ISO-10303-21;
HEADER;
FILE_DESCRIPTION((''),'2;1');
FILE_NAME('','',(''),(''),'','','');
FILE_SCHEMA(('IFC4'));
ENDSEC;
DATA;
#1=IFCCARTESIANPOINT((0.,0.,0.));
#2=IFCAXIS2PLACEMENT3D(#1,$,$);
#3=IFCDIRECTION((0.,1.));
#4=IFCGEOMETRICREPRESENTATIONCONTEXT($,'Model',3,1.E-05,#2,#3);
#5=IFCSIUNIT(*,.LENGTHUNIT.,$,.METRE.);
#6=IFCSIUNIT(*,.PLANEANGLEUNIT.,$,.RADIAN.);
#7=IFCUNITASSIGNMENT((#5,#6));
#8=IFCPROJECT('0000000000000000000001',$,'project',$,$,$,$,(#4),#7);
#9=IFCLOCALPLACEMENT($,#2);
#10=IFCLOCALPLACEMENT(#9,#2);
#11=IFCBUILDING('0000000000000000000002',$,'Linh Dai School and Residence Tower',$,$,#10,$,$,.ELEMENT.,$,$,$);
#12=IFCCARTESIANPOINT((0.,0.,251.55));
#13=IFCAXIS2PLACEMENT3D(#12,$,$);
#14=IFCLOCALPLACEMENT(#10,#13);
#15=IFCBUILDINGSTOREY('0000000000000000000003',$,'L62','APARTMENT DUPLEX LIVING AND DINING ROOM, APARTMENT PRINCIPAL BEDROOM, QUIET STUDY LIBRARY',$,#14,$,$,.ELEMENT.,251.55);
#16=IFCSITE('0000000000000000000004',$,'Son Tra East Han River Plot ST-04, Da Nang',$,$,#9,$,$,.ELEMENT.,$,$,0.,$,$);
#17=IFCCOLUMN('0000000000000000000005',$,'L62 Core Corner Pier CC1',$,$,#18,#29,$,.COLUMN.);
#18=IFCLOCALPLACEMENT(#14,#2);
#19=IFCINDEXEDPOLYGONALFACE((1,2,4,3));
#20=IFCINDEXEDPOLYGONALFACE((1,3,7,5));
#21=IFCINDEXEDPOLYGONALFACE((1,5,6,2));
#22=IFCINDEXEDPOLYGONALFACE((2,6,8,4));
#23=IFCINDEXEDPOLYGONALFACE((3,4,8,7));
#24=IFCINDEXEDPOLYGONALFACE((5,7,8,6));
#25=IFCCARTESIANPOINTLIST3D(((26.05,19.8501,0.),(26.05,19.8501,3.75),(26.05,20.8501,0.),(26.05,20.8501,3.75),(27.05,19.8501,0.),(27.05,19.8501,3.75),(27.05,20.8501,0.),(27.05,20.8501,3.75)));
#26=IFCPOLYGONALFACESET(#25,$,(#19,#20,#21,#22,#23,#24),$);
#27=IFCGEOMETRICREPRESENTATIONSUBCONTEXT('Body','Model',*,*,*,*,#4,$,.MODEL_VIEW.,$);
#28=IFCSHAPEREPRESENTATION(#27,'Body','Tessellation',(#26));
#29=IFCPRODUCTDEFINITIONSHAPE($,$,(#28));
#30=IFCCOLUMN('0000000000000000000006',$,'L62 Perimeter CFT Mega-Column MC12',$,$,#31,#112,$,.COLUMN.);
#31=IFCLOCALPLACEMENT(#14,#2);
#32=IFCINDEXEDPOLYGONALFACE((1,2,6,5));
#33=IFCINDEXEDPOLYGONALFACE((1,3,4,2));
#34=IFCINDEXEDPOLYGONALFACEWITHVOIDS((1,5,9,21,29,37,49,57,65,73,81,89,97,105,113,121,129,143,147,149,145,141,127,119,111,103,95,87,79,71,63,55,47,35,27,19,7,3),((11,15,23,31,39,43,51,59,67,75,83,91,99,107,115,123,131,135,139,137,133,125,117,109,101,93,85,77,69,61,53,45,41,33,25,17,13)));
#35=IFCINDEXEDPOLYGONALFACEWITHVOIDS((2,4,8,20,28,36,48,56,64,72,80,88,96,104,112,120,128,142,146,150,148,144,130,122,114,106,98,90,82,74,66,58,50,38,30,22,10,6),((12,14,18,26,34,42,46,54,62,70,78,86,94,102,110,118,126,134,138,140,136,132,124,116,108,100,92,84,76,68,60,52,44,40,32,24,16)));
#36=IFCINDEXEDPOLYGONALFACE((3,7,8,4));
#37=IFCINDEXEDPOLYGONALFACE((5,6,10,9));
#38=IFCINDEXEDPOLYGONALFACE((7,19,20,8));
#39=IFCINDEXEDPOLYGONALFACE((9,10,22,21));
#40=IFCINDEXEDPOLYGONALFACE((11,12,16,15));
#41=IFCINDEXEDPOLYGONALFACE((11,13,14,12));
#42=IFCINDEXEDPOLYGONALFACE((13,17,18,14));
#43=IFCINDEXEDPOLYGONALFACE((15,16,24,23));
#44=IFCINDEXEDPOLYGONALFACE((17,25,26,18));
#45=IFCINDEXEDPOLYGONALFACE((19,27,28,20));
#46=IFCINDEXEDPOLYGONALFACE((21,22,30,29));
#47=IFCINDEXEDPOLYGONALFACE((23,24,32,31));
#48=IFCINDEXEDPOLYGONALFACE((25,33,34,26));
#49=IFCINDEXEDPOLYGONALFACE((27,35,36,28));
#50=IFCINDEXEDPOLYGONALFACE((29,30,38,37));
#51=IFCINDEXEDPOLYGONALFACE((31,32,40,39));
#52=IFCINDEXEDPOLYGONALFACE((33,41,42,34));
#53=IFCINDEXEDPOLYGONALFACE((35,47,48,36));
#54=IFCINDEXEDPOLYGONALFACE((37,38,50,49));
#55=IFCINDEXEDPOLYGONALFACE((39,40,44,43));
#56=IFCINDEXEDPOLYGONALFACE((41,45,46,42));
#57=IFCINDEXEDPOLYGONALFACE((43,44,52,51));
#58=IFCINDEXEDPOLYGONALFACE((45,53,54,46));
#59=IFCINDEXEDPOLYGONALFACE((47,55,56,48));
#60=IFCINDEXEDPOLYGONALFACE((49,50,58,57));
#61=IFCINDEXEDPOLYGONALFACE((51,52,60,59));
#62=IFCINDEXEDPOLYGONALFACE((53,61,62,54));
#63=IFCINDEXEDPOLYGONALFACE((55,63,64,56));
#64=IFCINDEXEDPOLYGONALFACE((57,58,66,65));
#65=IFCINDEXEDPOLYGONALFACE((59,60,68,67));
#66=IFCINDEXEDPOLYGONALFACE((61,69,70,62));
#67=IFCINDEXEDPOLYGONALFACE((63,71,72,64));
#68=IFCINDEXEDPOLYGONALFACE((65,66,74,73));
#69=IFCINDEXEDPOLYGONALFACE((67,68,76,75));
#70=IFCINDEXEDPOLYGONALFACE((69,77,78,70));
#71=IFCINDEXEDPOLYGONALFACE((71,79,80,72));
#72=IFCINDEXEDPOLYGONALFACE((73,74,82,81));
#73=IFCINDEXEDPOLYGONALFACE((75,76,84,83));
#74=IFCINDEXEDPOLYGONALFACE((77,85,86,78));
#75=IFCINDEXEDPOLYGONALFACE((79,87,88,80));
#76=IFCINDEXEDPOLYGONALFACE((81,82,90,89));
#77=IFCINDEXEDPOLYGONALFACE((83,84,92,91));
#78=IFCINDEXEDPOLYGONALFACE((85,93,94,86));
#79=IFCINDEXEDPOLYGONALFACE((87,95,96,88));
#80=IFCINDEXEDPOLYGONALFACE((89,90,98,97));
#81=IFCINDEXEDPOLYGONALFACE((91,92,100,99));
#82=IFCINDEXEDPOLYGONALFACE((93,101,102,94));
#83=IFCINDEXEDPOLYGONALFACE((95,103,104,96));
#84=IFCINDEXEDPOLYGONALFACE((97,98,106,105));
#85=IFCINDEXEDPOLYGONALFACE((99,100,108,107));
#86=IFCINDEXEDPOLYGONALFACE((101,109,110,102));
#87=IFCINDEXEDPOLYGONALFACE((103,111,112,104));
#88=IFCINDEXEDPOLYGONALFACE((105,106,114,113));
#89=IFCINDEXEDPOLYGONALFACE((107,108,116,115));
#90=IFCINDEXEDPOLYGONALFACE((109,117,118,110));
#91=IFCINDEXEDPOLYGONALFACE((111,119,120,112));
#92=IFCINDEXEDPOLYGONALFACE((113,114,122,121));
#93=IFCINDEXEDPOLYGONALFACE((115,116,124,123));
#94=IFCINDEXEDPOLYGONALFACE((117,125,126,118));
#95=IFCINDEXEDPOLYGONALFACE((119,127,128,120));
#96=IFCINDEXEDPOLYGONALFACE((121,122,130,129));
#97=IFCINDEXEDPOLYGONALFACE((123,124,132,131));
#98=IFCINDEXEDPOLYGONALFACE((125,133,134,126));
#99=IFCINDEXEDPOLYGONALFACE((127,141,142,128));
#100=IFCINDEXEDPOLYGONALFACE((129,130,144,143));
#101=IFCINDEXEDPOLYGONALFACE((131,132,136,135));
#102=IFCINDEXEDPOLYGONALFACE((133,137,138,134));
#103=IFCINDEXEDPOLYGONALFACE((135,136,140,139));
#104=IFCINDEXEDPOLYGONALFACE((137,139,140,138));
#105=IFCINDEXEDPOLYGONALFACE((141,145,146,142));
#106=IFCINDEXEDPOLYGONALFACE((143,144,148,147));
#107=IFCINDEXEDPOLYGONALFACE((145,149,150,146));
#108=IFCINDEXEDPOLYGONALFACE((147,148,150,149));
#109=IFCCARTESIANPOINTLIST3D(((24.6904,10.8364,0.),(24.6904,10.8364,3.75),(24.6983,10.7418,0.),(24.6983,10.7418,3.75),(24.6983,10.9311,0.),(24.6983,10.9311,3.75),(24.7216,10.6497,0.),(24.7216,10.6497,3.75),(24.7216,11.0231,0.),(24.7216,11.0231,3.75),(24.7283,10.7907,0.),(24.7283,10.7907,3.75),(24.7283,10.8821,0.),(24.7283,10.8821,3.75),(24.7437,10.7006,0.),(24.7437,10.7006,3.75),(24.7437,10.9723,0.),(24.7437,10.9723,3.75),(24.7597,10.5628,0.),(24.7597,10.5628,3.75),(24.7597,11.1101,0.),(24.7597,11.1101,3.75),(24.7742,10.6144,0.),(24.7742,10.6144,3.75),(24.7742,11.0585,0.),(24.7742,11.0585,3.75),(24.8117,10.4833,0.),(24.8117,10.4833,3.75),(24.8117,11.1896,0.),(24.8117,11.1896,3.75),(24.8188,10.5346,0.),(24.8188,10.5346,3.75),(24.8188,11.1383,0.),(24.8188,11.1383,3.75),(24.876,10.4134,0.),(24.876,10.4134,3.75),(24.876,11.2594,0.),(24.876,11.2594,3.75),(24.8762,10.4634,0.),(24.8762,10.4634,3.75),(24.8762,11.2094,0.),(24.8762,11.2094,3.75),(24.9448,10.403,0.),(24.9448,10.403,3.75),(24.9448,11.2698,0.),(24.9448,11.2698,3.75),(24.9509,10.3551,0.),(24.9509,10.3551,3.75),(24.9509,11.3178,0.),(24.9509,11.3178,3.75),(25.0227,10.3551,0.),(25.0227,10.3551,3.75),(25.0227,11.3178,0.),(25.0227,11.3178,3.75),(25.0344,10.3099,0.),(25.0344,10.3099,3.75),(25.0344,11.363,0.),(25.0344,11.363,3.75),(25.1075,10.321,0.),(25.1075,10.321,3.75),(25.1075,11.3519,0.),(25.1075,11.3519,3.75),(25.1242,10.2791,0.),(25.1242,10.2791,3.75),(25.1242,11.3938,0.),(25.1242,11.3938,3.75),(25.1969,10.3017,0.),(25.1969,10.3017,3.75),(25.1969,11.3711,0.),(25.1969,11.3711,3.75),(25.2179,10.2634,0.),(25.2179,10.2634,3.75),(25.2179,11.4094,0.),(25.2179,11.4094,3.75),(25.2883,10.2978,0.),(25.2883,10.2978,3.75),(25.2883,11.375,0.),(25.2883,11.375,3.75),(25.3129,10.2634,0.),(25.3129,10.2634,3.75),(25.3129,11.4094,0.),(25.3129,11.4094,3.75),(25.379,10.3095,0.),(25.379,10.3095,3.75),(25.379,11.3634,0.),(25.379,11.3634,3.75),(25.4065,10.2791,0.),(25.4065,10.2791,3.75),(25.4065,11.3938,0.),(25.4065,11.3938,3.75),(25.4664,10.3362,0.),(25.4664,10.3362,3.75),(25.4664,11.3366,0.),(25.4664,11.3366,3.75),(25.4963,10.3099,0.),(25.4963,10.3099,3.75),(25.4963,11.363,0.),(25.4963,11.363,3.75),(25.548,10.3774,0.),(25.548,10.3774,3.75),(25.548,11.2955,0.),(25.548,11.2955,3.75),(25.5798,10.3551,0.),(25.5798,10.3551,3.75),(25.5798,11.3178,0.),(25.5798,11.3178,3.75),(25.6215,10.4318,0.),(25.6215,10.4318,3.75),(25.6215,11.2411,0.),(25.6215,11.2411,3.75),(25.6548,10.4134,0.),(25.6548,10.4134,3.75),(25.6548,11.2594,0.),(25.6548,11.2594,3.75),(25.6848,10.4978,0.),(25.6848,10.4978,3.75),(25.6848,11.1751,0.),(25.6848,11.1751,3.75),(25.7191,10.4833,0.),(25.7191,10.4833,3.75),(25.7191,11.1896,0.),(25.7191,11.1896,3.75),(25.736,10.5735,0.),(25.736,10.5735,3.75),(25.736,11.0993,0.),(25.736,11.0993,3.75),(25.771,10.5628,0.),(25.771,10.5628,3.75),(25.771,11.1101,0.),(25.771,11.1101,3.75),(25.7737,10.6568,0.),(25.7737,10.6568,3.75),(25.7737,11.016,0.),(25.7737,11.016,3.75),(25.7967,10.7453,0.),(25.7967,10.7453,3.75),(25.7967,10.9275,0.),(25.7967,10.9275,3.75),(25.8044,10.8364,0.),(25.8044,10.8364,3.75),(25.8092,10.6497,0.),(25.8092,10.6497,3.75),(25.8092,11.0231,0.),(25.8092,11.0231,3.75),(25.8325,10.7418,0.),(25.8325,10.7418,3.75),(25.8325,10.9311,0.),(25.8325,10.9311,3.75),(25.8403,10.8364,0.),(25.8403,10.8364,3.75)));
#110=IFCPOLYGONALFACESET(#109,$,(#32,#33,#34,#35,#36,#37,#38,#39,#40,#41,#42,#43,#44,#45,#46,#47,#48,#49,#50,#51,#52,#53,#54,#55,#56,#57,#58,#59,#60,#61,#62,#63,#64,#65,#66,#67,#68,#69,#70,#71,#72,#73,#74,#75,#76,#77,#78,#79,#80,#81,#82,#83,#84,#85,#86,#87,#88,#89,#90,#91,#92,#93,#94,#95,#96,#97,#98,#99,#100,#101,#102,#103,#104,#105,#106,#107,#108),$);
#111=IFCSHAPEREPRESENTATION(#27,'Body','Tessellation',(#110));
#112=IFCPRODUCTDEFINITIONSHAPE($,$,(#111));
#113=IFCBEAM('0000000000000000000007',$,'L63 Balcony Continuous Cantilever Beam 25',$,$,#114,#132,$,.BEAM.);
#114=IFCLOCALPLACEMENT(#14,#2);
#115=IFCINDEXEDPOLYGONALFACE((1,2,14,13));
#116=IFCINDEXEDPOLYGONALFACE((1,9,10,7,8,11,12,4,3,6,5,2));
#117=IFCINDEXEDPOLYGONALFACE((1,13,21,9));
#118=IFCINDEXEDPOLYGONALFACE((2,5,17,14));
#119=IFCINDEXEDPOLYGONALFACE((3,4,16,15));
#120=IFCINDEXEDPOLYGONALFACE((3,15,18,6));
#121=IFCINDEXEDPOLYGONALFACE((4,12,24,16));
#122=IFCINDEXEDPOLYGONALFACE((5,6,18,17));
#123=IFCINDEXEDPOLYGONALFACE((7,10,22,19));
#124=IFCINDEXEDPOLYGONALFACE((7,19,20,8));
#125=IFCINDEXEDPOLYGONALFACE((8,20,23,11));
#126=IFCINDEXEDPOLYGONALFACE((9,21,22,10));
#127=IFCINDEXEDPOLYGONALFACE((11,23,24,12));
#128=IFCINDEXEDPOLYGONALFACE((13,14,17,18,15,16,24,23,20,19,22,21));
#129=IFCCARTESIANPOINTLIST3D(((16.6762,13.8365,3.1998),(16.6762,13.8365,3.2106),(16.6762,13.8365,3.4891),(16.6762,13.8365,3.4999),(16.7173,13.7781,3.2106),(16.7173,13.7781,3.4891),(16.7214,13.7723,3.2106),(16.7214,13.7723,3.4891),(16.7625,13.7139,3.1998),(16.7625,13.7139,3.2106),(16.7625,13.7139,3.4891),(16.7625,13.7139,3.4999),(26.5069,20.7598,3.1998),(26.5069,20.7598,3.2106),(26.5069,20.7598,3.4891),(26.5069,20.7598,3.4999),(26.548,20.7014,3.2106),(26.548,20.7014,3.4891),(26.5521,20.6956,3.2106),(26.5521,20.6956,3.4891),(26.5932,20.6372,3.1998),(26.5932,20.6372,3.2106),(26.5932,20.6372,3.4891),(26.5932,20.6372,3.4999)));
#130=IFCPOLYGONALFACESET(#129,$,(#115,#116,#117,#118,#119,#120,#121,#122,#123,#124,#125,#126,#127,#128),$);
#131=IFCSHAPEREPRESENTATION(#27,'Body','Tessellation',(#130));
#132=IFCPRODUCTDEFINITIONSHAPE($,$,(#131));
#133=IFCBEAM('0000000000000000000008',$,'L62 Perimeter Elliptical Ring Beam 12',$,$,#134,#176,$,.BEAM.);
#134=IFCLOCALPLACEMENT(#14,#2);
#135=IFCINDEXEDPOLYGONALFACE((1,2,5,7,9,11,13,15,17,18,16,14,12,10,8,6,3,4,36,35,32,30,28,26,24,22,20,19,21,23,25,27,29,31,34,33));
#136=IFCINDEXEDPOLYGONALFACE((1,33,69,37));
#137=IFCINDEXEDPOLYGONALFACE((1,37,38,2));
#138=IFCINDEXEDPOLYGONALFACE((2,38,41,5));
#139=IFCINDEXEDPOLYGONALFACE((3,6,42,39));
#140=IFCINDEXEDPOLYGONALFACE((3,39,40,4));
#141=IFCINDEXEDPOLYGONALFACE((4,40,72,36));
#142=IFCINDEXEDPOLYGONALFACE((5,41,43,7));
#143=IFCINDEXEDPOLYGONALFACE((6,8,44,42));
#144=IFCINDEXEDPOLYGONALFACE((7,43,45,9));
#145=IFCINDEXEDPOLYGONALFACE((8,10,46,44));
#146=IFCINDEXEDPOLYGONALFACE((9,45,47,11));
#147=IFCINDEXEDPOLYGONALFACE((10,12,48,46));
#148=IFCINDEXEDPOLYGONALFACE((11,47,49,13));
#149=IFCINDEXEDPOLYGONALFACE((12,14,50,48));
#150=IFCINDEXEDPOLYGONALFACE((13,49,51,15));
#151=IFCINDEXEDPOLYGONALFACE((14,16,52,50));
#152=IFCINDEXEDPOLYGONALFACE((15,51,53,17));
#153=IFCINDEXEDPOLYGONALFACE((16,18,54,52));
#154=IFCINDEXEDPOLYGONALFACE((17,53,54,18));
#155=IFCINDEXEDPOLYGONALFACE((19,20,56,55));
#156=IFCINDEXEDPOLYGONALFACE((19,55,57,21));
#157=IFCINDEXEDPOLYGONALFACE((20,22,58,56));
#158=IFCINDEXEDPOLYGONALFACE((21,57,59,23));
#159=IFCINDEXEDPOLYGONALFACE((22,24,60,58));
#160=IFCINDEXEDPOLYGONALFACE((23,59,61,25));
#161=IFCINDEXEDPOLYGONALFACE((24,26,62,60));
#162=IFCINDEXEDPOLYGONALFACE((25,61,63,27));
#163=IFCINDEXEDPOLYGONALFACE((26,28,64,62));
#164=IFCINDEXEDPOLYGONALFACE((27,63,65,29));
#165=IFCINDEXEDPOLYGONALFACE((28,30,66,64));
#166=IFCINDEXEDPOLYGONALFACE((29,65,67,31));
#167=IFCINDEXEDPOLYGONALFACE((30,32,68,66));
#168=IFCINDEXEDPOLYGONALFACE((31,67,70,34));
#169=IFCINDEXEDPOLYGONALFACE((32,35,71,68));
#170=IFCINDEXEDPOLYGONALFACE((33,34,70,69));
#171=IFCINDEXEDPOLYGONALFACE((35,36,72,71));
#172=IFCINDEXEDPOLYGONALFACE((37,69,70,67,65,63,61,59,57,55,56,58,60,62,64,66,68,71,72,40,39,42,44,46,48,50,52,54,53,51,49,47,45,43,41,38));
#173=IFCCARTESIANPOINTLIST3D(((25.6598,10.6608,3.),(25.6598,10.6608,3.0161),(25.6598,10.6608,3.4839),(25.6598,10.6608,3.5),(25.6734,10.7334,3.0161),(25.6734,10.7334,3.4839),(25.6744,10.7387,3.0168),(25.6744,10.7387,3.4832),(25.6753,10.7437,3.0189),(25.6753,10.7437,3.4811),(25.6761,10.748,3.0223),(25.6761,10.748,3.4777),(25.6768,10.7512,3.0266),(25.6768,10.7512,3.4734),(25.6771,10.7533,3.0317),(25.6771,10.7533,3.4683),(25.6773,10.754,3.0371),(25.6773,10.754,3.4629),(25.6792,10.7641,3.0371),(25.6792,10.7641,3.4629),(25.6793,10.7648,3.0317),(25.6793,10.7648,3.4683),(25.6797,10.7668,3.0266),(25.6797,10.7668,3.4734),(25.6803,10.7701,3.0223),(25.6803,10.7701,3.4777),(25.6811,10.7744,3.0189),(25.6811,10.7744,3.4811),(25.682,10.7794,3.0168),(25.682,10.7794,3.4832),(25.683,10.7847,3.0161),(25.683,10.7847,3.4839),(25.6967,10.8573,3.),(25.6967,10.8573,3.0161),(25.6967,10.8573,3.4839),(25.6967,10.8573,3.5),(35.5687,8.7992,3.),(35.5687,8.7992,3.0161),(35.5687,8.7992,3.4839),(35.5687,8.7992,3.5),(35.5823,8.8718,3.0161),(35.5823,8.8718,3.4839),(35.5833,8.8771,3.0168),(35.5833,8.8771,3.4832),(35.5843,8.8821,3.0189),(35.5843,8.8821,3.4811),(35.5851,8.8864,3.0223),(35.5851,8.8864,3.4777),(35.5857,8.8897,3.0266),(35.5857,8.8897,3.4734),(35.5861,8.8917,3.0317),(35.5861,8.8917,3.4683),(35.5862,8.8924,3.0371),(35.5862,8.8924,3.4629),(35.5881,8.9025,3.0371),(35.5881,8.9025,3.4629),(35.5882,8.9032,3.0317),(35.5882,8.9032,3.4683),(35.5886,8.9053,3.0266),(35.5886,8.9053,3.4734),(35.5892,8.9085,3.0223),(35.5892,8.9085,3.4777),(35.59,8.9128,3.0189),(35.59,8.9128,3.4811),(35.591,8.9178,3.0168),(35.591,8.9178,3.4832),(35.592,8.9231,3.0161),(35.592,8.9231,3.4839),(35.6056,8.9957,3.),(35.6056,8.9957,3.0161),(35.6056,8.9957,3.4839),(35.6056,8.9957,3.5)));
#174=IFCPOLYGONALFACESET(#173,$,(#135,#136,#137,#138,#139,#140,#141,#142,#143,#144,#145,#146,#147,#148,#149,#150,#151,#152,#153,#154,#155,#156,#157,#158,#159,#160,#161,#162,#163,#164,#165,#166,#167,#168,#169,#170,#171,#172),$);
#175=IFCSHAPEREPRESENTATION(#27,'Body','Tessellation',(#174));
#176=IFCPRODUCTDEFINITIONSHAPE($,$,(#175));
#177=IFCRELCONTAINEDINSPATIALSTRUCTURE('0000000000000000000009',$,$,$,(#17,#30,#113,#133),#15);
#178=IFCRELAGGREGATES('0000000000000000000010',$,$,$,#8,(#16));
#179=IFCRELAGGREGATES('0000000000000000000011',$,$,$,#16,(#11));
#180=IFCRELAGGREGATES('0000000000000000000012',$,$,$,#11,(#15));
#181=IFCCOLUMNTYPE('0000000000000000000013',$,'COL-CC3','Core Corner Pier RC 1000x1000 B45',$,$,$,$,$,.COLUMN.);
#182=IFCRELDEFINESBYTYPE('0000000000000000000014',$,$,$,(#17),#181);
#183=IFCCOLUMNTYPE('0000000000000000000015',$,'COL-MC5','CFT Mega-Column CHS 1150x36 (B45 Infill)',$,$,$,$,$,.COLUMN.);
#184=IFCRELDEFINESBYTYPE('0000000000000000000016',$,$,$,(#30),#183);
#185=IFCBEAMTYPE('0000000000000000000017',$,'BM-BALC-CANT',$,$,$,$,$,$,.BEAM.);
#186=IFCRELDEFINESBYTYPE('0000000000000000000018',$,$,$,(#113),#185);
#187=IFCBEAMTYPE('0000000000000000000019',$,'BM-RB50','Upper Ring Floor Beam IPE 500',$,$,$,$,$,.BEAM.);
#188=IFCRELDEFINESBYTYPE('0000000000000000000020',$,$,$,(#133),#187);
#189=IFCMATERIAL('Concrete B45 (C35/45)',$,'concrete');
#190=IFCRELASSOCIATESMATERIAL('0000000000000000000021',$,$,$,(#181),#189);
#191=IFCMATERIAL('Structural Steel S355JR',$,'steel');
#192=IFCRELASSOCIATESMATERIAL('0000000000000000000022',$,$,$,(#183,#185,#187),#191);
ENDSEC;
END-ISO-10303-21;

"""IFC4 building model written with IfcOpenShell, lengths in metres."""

from ifc_helpers import new_model, si_unit, direction, frame, origin, origin_2d, place, context, subcontext, project, spatial, rectangle, hollow_circle, i_section, extrude, material, material_profile, profile_set, type_object, element, save


model = new_model("IFC4")

# Units and contexts
model_context = context("Model", 3, precision=1e-05, world=origin(), true_north=direction((0.0, 1.0)))
body_context = subcontext(model_context, "Body", "Model", "MODEL_VIEW")
ifc_project = project(units=[si_unit("LENGTHUNIT", "METRE"), si_unit("PLANEANGLEUNIT", "RADIAN")], contexts=[model_context])

# Site, building, storey
site_placement = place(None, origin())
site = spatial("IfcSite", under=ifc_project, at=site_placement, Name="Son Tra East Han River Plot ST-04, Da Nang", CompositionType="ELEMENT", RefElevation=0.0)
building_placement = place(site_placement, origin())
building = spatial("IfcBuilding", under=site, at=building_placement, Name="Linh Dai School and Residence Tower", CompositionType="ELEMENT")
storey_placement = place(building_placement, frame((0.0, 0.0, 251.55)))
storey = spatial("IfcBuildingStorey", under=building, at=storey_placement, Name="L62", Description="APARTMENT DUPLEX LIVING AND DINING ROOM, APARTMENT PRINCIPAL BEDROOM, QUIET STUDY LIBRARY", CompositionType="ELEMENT", Elevation=251.55)

# Columns
ifc_material_1 = material(Name="Concrete B45 (C35/45)", Category="concrete")
ifc_material_profile_1 = material_profile(ifc_material_1, rectangle(XDim=1.0, YDim=1.0, at=origin_2d()), Name="RC 1000x1000")
ifc_profile_set_1 = profile_set([ifc_material_profile_1], Name="Concrete B45 (C35/45)")
column_type_1 = type_object("IfcColumnType", Name="COL-CC3", Description="Core Corner Pier RC 1000x1000 B45", PredefinedType="COLUMN", material=ifc_profile_set_1)
column_1_placement = place(storey_placement, frame((26.55, 20.3501, 0.0), z_axis=(0.0, 0.0, 1.0), x_axis=(1.0, 0.0, 0.0)))
element("IfcColumn", 1, at=column_1_placement, inside=storey, type_object=column_type_1, Name="L62 Core Corner Pier CC1", PredefinedType="COLUMN", context=body_context, shape_type="SweptSolid", body=[
    extrude(rectangle(XDim=1.0, YDim=1.0, at=origin_2d()), origin(), (0.0, 0.0, 1.0), 3.75),
])
ifc_material_2 = material(Name="Structural Steel S355JR", Category="steel")
ifc_material_profile_2 = material_profile(ifc_material_2, hollow_circle(Radius=0.575, WallThickness=0.0359, at=origin_2d()), Name="CHS 1150x36")
ifc_profile_set_2 = profile_set([ifc_material_profile_2], Name="Structural Steel S355JR")
column_type_2 = type_object("IfcColumnType", Name="COL-MC5", Description="CFT Mega-Column CHS 1150x36 (B45 Infill)", PredefinedType="COLUMN", material=ifc_profile_set_2)
column_2_placement = place(storey_placement, frame((25.2654, 10.8364, 0.0), z_axis=(0.0, 0.0, 1.0), x_axis=(1.0, 0.0, 0.0)))
element("IfcColumn", 2, at=column_2_placement, inside=storey, type_object=column_type_2, Name="L62 Perimeter CFT Mega-Column MC12", PredefinedType="COLUMN", context=body_context, shape_type="SweptSolid", body=[
    extrude(hollow_circle(Radius=0.575, WallThickness=0.0359, at=origin_2d()), origin(), (0.0, 0.0, 1.0), 3.75),
])

# Beams
ifc_material_profile_3 = material_profile(ifc_material_2, i_section(OverallWidth=0.1499, OverallDepth=0.3, WebThickness=0.0071, FlangeThickness=0.0107, at=origin_2d()), Name="IPE 300")
ifc_profile_set_3 = profile_set([ifc_material_profile_3], Name="Structural Steel S355JR")
beam_type_1 = type_object("IfcBeamType", Name="BM-BALC-CANT", PredefinedType="BEAM", material=ifc_profile_set_3)
beam_1_placement = place(storey_placement, frame((26.55, 20.6985, 3.3499), z_axis=(-0.817596, -0.575792, 0.0), x_axis=(0.575792, -0.817596, 0.0)))
element("IfcBeam", 3, at=beam_1_placement, inside=storey, type_object=beam_type_1, Name="L63 Balcony Continuous Cantilever Beam 25", PredefinedType="BEAM", context=body_context, shape_type="SweptSolid", body=[
    extrude(i_section(OverallWidth=0.1499, OverallDepth=0.3, WebThickness=0.0071, FlangeThickness=0.0107, at=origin_2d()), origin(), (0.0, 0.0, 1.0), 12.0239),
])
ifc_material_profile_4 = material_profile(ifc_material_2, i_section(OverallWidth=0.2, OverallDepth=0.5, WebThickness=0.0103, FlangeThickness=0.0161, FilletRadius=0.021, at=origin_2d()), Name="IPE 500")
ifc_profile_set_4 = profile_set([ifc_material_profile_4], Name="Structural Steel S355JR")
beam_type_2 = type_object("IfcBeamType", Name="BM-RB50", Description="Upper Ring Floor Beam IPE 500", PredefinedType="BEAM", material=ifc_profile_set_4)
beam_2_placement = place(storey_placement, frame((25.6782, 10.759, 3.25), z_axis=(0.982807, -0.184638, 0.0), x_axis=(0.184638, 0.982807, 0.0)))
element("IfcBeam", 4, at=beam_2_placement, inside=storey, type_object=beam_type_2, Name="L62 Perimeter Elliptical Ring Beam 12", PredefinedType="BEAM", context=body_context, shape_type="SweptSolid", body=[
    extrude(i_section(OverallWidth=0.2, OverallDepth=0.5, WebThickness=0.0103, FlangeThickness=0.0161, FilletRadius=0.021, at=origin_2d()), origin(), (0.0, 0.0, 1.0), 10.0823),
])

save(model, "model.ifc")
